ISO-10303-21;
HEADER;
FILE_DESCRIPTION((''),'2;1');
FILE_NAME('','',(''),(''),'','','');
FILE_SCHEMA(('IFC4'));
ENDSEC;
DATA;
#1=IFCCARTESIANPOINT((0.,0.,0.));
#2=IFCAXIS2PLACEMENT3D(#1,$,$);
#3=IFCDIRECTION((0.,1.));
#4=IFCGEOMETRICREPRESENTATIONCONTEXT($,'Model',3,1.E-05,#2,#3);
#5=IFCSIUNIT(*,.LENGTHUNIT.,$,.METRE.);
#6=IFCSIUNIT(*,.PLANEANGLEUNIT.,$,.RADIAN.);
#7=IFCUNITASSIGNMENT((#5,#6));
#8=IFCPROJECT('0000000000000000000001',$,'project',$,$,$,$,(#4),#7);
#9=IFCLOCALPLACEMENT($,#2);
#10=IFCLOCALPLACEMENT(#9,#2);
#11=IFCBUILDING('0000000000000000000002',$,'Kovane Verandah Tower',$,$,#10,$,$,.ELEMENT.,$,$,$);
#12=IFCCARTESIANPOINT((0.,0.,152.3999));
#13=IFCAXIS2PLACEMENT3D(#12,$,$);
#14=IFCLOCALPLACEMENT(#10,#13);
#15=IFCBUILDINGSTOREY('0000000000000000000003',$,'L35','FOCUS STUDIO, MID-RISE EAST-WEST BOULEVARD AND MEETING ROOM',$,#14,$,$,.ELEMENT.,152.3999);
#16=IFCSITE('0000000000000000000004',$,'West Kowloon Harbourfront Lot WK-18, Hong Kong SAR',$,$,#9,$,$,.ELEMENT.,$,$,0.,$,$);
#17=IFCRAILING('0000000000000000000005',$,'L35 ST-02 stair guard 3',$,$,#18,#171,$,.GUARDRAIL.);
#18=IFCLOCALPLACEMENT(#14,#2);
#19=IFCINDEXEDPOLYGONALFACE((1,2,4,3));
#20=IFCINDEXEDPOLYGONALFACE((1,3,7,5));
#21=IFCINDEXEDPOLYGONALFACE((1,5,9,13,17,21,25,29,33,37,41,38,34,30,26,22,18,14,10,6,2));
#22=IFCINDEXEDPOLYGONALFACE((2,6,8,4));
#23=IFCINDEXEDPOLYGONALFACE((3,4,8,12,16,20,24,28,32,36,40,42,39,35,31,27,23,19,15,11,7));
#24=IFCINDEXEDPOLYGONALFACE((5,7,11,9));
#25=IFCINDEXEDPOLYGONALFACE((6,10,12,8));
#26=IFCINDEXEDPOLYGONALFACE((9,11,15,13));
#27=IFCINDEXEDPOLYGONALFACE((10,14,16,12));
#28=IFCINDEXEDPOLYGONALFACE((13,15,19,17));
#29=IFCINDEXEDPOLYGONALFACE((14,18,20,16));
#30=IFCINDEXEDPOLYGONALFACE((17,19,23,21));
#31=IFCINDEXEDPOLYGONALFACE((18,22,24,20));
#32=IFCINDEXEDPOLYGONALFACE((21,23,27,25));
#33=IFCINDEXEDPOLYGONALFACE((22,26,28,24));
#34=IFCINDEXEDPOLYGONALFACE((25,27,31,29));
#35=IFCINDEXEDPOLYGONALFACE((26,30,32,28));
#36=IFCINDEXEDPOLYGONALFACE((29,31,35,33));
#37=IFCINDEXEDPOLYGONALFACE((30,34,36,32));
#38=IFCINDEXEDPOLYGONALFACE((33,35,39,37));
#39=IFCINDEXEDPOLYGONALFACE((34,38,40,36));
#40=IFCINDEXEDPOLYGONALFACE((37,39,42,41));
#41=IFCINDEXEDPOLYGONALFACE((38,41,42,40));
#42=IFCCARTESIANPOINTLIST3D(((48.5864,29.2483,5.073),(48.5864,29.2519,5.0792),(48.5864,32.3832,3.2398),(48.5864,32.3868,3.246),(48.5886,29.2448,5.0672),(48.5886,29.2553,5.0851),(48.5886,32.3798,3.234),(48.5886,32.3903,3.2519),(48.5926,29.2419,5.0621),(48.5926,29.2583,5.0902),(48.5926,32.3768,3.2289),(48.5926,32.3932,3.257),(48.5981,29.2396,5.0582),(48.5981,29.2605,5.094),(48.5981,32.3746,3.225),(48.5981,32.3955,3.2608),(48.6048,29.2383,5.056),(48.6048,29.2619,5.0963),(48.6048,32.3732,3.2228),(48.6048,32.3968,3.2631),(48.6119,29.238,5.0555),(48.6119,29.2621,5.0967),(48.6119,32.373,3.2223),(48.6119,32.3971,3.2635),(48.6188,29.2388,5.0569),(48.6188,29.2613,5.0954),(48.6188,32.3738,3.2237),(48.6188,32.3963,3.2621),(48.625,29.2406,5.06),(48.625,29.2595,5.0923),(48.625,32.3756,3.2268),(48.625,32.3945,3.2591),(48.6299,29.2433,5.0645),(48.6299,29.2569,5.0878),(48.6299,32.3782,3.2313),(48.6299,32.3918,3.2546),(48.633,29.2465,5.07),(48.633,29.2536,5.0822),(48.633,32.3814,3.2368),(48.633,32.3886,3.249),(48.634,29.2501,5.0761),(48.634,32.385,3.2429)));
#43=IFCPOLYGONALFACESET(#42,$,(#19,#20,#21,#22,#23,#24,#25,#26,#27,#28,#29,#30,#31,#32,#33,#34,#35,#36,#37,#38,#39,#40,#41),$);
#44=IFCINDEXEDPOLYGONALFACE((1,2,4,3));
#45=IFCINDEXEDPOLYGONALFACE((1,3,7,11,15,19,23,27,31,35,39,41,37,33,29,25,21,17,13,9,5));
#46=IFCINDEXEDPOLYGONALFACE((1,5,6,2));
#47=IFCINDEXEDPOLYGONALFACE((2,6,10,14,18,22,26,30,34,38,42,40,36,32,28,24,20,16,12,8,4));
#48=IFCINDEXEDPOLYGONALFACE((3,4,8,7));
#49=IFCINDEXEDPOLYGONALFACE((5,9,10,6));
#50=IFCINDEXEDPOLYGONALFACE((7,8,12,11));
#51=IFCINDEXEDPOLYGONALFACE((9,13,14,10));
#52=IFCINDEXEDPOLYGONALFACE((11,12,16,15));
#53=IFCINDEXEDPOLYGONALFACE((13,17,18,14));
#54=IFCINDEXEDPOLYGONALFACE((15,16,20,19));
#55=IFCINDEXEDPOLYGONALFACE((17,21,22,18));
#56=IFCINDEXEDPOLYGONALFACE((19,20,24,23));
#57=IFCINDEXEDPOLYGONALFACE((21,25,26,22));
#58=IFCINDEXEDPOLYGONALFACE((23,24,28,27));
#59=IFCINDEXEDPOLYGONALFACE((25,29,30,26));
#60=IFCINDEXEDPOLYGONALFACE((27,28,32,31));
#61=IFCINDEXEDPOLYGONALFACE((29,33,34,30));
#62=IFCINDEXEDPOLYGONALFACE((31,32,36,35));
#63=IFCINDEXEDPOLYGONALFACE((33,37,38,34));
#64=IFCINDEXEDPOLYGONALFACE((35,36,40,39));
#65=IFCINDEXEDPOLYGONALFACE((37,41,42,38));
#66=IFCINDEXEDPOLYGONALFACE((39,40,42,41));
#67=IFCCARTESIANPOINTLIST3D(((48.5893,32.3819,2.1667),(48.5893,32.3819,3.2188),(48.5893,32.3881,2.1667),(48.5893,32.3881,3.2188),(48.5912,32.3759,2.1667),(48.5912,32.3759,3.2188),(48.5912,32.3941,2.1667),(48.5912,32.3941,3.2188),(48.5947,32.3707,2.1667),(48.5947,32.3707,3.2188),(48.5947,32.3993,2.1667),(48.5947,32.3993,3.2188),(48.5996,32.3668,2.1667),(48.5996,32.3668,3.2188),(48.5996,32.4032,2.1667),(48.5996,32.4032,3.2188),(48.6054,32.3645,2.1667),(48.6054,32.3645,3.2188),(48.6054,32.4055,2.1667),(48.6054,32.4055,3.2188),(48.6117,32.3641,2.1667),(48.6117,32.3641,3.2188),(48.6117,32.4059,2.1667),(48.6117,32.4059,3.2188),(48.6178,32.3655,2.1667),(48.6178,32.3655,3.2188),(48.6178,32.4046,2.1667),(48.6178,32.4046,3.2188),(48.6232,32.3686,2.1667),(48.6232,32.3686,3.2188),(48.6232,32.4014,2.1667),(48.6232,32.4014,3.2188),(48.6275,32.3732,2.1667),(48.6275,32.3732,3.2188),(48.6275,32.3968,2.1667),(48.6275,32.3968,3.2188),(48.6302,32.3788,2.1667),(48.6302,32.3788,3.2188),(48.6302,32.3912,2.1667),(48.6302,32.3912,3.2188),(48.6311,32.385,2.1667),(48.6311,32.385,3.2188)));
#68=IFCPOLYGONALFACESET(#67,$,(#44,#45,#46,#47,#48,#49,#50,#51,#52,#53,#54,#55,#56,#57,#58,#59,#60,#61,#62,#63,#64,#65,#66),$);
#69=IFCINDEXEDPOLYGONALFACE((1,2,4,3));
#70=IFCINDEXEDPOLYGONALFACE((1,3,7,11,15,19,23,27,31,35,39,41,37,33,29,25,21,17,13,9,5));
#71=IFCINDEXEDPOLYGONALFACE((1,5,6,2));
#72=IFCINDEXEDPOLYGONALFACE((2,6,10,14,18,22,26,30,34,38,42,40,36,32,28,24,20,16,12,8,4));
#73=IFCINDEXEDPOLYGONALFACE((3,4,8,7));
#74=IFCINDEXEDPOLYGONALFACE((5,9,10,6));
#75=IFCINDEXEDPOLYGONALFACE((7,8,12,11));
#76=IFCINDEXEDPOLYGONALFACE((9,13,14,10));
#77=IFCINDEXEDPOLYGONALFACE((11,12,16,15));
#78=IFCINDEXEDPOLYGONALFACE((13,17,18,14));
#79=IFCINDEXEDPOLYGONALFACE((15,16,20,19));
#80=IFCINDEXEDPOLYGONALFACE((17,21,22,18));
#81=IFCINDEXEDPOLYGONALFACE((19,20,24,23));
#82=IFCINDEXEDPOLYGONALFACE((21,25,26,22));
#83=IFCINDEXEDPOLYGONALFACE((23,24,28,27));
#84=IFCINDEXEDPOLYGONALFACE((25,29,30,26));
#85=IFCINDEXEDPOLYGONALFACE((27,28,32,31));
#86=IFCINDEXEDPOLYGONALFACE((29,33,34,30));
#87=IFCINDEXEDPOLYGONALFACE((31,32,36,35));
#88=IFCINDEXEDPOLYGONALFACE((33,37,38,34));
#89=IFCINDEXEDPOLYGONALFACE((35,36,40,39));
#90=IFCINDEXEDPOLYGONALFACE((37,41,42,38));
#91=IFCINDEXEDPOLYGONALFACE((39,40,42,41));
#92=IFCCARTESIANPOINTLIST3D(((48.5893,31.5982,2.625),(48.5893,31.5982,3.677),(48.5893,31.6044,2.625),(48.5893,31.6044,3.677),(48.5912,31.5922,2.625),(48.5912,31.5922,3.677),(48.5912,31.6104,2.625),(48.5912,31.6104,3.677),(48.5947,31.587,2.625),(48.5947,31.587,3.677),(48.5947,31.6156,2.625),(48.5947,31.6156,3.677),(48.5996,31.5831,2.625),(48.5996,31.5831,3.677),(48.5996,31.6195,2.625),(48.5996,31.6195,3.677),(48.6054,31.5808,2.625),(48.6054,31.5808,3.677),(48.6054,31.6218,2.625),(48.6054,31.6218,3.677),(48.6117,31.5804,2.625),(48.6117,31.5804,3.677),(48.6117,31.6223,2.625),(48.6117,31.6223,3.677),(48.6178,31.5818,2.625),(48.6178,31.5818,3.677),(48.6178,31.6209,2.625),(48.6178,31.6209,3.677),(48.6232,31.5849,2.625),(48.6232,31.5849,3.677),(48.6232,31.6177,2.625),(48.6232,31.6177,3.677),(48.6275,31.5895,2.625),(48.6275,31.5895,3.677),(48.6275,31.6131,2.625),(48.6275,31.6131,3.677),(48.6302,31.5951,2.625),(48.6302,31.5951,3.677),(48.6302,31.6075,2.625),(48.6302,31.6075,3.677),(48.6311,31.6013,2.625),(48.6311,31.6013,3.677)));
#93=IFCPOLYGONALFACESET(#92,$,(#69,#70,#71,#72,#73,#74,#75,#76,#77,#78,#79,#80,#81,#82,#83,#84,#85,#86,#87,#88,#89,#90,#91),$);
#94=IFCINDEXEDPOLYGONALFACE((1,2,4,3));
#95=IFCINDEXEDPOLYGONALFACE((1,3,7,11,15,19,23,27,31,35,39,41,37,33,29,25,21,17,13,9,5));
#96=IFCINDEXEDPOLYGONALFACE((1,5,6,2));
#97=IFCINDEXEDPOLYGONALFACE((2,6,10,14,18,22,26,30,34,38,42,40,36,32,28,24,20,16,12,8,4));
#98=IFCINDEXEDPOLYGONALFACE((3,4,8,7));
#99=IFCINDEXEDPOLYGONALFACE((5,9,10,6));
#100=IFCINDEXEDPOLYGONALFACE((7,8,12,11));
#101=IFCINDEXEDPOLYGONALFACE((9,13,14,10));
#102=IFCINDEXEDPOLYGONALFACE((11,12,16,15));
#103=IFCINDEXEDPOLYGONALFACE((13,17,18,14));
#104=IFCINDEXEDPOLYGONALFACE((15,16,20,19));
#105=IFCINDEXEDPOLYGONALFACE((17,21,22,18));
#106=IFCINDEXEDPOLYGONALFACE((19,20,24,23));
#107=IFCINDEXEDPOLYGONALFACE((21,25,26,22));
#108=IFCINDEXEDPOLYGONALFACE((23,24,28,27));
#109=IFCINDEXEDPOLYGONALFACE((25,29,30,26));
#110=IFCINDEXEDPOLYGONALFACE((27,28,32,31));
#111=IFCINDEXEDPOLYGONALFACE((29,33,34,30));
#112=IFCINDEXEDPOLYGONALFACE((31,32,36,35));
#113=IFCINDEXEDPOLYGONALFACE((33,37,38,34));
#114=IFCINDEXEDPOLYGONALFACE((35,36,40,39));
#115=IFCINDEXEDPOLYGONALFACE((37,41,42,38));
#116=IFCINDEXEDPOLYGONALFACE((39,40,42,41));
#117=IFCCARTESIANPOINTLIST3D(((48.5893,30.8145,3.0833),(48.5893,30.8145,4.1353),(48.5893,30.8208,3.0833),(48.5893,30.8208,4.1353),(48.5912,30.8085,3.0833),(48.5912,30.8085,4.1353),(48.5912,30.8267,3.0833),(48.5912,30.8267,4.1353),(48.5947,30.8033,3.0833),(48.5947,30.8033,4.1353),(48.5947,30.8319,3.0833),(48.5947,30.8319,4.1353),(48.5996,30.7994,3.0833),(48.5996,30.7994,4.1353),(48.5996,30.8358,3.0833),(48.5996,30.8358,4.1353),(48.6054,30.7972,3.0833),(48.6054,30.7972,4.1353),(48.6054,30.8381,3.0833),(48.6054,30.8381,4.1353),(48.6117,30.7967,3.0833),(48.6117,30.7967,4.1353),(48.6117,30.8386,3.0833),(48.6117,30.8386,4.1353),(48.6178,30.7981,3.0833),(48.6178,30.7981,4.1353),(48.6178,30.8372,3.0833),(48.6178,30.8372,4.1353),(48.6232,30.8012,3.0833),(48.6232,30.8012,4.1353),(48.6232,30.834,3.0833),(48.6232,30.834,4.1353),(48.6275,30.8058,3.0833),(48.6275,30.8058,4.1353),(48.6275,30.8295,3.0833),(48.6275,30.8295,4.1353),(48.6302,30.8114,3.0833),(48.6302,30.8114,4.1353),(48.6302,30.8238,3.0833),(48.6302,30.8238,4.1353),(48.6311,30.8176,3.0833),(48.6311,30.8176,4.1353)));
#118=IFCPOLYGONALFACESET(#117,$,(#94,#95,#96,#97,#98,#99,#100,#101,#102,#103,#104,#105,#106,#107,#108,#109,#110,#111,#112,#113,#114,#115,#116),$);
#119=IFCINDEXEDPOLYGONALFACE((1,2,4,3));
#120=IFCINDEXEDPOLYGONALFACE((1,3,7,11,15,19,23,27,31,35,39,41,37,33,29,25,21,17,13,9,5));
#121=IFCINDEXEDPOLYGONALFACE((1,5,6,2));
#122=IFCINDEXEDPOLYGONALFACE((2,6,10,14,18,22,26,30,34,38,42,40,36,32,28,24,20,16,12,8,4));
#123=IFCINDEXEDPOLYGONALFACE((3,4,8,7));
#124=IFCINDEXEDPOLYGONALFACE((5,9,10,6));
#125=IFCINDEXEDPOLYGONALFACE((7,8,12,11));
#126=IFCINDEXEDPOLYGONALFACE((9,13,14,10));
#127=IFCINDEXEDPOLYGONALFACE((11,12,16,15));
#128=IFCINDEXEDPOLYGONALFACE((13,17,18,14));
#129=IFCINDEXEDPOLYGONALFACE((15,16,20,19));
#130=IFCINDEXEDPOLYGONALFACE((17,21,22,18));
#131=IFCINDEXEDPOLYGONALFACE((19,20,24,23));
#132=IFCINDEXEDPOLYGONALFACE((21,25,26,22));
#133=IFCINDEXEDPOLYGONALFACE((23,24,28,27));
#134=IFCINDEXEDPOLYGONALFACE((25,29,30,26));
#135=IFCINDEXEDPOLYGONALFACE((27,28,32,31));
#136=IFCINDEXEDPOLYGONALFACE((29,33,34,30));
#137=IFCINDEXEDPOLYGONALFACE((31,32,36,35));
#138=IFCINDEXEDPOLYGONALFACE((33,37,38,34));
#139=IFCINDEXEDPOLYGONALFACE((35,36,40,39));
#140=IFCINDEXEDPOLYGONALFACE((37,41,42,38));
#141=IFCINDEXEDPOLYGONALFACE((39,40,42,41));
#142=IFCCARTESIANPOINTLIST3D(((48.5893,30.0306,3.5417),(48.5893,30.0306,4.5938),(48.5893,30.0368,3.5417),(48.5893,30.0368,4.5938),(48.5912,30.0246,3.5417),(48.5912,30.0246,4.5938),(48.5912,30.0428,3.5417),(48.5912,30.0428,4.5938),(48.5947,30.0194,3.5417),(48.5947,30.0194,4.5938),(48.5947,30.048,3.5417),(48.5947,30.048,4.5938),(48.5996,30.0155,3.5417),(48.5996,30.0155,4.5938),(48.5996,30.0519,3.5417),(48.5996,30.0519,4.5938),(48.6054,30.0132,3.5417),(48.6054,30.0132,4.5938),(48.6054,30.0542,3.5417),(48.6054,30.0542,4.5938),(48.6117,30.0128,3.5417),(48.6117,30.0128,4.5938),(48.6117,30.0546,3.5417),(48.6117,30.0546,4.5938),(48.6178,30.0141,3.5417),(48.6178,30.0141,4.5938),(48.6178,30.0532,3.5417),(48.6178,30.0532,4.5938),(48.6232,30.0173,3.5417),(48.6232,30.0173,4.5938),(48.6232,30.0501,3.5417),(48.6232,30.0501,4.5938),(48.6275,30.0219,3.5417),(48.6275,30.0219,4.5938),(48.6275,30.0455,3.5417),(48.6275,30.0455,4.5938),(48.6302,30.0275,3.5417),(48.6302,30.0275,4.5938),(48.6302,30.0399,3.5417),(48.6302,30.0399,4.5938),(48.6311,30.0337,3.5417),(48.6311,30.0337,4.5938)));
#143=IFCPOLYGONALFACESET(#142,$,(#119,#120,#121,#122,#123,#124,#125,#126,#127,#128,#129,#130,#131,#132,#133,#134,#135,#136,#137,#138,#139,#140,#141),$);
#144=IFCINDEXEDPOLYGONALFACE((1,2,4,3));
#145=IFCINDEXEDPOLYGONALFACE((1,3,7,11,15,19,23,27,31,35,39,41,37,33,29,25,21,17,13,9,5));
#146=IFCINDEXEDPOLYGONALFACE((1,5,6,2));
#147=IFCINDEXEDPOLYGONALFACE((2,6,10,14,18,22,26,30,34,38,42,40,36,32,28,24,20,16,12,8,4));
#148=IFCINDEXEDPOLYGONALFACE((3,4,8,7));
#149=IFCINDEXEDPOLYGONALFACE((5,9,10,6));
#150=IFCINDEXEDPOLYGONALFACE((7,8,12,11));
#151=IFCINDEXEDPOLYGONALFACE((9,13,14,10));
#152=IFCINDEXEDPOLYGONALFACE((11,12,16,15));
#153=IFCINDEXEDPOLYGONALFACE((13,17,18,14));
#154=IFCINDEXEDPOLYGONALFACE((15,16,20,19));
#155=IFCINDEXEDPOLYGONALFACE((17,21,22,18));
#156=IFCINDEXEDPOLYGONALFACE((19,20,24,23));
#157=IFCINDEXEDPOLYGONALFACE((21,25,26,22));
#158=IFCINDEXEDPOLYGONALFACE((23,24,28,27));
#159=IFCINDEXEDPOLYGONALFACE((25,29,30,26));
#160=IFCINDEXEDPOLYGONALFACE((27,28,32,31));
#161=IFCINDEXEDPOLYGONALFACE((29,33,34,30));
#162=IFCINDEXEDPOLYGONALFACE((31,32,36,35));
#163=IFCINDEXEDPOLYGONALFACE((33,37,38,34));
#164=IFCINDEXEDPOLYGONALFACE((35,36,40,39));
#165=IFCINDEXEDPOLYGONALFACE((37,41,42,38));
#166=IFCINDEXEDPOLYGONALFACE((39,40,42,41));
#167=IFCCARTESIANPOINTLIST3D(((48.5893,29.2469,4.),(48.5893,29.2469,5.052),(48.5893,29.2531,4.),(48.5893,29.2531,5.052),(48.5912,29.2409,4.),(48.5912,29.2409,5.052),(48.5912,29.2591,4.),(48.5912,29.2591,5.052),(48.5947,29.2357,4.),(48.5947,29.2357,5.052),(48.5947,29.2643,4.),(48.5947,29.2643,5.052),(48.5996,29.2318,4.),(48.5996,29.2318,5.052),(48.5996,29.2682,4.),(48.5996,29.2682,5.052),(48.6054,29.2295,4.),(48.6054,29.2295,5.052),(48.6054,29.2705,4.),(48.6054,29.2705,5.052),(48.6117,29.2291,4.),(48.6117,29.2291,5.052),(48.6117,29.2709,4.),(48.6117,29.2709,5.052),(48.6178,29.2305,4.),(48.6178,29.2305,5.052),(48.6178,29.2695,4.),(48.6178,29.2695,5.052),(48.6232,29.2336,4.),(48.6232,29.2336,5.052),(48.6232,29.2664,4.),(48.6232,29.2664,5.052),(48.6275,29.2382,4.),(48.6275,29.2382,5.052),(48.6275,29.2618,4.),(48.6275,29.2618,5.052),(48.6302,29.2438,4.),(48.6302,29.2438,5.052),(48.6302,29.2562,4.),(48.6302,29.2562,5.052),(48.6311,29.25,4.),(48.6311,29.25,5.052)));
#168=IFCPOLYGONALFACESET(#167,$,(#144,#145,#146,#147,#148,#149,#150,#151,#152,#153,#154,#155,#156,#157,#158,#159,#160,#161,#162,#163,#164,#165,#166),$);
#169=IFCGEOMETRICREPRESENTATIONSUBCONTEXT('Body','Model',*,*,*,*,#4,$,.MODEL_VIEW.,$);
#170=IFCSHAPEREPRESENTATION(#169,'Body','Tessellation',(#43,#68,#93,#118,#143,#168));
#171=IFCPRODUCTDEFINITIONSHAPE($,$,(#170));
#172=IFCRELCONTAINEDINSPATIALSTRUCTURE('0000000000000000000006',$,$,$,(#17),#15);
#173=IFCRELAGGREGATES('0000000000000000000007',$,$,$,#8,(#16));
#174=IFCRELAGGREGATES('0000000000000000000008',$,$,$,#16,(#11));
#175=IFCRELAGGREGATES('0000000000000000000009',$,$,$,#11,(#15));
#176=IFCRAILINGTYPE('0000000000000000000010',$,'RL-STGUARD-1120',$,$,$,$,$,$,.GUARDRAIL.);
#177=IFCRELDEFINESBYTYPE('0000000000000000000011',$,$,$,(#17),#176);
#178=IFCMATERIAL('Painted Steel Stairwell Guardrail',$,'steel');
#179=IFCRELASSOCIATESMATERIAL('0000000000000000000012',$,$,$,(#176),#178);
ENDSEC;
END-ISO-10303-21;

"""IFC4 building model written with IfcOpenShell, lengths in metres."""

from ifc_helpers import new_model, si_unit, direction, frame, origin, origin_2d, place, context, subcontext, project, spatial, circle, extrude, material, type_object, element, save


model = new_model("IFC4")

# Units and contexts
model_context = context("Model", 3, precision=1e-05, world=origin(), true_north=direction((0.0, 1.0)))
body_context = subcontext(model_context, "Body", "Model", "MODEL_VIEW")
ifc_project = project(units=[si_unit("LENGTHUNIT", "METRE"), si_unit("PLANEANGLEUNIT", "RADIAN")], contexts=[model_context])

# Site, building, storey
site_placement = place(None, origin())
site = spatial("IfcSite", under=ifc_project, at=site_placement, Name="West Kowloon Harbourfront Lot WK-18, Hong Kong SAR", CompositionType="ELEMENT", RefElevation=0.0)
building_placement = place(site_placement, origin())
building = spatial("IfcBuilding", under=site, at=building_placement, Name="Kovane Verandah Tower", CompositionType="ELEMENT")
storey_placement = place(building_placement, frame((0.0, 0.0, 152.3999)))
storey = spatial("IfcBuildingStorey", under=building, at=storey_placement, Name="L35", Description="FOCUS STUDIO, MID-RISE EAST-WEST BOULEVARD AND MEETING ROOM", CompositionType="ELEMENT", Elevation=152.3999)

# Railing
ifc_material_1 = material(Name="Painted Steel Stairwell Guardrail", Category="steel")
railing_type_1 = type_object("IfcRailingType", Name="RL-STGUARD-1120", PredefinedType="GUARDRAIL", material=ifc_material_1)
railing_1_placement = place(storey_placement, frame((48.6101, 32.385, 2.1667)))
element("IfcRailing", 1, at=railing_1_placement, inside=storey, type_object=railing_type_1, Name="L35 ST-02 stair guard 3", PredefinedType="GUARDRAIL", context=body_context, shape_type="SweptSolid", body=[
    extrude(circle(Radius=0.0239, at=origin_2d()), frame((0.0, 0.0, 1.0762), z_axis=(0.0, -0.86324, 0.504794), x_axis=(1.0, 0.0, 0.0)), (0.0, 0.0, 1.0), 3.6316),
    extrude(circle(Radius=0.021, at=origin_2d()), origin(), (0.0, 0.0, 1.0), 1.052),
    extrude(circle(Radius=0.021, at=origin_2d()), frame((0.0, -0.7837, 0.4583)), (0.0, 0.0, 1.0), 1.052),
    extrude(circle(Radius=0.021, at=origin_2d()), frame((0.0, -1.5674, 0.9165)), (0.0, 0.0, 1.0), 1.052),
    extrude(circle(Radius=0.021, at=origin_2d()), frame((0.0, -2.3513, 1.375)), (0.0, 0.0, 1.0), 1.052),
    extrude(circle(Radius=0.021, at=origin_2d()), frame((0.0, -3.135, 1.8333)), (0.0, 0.0, 1.0), 1.052),
])

save(model, "model.ifc")
